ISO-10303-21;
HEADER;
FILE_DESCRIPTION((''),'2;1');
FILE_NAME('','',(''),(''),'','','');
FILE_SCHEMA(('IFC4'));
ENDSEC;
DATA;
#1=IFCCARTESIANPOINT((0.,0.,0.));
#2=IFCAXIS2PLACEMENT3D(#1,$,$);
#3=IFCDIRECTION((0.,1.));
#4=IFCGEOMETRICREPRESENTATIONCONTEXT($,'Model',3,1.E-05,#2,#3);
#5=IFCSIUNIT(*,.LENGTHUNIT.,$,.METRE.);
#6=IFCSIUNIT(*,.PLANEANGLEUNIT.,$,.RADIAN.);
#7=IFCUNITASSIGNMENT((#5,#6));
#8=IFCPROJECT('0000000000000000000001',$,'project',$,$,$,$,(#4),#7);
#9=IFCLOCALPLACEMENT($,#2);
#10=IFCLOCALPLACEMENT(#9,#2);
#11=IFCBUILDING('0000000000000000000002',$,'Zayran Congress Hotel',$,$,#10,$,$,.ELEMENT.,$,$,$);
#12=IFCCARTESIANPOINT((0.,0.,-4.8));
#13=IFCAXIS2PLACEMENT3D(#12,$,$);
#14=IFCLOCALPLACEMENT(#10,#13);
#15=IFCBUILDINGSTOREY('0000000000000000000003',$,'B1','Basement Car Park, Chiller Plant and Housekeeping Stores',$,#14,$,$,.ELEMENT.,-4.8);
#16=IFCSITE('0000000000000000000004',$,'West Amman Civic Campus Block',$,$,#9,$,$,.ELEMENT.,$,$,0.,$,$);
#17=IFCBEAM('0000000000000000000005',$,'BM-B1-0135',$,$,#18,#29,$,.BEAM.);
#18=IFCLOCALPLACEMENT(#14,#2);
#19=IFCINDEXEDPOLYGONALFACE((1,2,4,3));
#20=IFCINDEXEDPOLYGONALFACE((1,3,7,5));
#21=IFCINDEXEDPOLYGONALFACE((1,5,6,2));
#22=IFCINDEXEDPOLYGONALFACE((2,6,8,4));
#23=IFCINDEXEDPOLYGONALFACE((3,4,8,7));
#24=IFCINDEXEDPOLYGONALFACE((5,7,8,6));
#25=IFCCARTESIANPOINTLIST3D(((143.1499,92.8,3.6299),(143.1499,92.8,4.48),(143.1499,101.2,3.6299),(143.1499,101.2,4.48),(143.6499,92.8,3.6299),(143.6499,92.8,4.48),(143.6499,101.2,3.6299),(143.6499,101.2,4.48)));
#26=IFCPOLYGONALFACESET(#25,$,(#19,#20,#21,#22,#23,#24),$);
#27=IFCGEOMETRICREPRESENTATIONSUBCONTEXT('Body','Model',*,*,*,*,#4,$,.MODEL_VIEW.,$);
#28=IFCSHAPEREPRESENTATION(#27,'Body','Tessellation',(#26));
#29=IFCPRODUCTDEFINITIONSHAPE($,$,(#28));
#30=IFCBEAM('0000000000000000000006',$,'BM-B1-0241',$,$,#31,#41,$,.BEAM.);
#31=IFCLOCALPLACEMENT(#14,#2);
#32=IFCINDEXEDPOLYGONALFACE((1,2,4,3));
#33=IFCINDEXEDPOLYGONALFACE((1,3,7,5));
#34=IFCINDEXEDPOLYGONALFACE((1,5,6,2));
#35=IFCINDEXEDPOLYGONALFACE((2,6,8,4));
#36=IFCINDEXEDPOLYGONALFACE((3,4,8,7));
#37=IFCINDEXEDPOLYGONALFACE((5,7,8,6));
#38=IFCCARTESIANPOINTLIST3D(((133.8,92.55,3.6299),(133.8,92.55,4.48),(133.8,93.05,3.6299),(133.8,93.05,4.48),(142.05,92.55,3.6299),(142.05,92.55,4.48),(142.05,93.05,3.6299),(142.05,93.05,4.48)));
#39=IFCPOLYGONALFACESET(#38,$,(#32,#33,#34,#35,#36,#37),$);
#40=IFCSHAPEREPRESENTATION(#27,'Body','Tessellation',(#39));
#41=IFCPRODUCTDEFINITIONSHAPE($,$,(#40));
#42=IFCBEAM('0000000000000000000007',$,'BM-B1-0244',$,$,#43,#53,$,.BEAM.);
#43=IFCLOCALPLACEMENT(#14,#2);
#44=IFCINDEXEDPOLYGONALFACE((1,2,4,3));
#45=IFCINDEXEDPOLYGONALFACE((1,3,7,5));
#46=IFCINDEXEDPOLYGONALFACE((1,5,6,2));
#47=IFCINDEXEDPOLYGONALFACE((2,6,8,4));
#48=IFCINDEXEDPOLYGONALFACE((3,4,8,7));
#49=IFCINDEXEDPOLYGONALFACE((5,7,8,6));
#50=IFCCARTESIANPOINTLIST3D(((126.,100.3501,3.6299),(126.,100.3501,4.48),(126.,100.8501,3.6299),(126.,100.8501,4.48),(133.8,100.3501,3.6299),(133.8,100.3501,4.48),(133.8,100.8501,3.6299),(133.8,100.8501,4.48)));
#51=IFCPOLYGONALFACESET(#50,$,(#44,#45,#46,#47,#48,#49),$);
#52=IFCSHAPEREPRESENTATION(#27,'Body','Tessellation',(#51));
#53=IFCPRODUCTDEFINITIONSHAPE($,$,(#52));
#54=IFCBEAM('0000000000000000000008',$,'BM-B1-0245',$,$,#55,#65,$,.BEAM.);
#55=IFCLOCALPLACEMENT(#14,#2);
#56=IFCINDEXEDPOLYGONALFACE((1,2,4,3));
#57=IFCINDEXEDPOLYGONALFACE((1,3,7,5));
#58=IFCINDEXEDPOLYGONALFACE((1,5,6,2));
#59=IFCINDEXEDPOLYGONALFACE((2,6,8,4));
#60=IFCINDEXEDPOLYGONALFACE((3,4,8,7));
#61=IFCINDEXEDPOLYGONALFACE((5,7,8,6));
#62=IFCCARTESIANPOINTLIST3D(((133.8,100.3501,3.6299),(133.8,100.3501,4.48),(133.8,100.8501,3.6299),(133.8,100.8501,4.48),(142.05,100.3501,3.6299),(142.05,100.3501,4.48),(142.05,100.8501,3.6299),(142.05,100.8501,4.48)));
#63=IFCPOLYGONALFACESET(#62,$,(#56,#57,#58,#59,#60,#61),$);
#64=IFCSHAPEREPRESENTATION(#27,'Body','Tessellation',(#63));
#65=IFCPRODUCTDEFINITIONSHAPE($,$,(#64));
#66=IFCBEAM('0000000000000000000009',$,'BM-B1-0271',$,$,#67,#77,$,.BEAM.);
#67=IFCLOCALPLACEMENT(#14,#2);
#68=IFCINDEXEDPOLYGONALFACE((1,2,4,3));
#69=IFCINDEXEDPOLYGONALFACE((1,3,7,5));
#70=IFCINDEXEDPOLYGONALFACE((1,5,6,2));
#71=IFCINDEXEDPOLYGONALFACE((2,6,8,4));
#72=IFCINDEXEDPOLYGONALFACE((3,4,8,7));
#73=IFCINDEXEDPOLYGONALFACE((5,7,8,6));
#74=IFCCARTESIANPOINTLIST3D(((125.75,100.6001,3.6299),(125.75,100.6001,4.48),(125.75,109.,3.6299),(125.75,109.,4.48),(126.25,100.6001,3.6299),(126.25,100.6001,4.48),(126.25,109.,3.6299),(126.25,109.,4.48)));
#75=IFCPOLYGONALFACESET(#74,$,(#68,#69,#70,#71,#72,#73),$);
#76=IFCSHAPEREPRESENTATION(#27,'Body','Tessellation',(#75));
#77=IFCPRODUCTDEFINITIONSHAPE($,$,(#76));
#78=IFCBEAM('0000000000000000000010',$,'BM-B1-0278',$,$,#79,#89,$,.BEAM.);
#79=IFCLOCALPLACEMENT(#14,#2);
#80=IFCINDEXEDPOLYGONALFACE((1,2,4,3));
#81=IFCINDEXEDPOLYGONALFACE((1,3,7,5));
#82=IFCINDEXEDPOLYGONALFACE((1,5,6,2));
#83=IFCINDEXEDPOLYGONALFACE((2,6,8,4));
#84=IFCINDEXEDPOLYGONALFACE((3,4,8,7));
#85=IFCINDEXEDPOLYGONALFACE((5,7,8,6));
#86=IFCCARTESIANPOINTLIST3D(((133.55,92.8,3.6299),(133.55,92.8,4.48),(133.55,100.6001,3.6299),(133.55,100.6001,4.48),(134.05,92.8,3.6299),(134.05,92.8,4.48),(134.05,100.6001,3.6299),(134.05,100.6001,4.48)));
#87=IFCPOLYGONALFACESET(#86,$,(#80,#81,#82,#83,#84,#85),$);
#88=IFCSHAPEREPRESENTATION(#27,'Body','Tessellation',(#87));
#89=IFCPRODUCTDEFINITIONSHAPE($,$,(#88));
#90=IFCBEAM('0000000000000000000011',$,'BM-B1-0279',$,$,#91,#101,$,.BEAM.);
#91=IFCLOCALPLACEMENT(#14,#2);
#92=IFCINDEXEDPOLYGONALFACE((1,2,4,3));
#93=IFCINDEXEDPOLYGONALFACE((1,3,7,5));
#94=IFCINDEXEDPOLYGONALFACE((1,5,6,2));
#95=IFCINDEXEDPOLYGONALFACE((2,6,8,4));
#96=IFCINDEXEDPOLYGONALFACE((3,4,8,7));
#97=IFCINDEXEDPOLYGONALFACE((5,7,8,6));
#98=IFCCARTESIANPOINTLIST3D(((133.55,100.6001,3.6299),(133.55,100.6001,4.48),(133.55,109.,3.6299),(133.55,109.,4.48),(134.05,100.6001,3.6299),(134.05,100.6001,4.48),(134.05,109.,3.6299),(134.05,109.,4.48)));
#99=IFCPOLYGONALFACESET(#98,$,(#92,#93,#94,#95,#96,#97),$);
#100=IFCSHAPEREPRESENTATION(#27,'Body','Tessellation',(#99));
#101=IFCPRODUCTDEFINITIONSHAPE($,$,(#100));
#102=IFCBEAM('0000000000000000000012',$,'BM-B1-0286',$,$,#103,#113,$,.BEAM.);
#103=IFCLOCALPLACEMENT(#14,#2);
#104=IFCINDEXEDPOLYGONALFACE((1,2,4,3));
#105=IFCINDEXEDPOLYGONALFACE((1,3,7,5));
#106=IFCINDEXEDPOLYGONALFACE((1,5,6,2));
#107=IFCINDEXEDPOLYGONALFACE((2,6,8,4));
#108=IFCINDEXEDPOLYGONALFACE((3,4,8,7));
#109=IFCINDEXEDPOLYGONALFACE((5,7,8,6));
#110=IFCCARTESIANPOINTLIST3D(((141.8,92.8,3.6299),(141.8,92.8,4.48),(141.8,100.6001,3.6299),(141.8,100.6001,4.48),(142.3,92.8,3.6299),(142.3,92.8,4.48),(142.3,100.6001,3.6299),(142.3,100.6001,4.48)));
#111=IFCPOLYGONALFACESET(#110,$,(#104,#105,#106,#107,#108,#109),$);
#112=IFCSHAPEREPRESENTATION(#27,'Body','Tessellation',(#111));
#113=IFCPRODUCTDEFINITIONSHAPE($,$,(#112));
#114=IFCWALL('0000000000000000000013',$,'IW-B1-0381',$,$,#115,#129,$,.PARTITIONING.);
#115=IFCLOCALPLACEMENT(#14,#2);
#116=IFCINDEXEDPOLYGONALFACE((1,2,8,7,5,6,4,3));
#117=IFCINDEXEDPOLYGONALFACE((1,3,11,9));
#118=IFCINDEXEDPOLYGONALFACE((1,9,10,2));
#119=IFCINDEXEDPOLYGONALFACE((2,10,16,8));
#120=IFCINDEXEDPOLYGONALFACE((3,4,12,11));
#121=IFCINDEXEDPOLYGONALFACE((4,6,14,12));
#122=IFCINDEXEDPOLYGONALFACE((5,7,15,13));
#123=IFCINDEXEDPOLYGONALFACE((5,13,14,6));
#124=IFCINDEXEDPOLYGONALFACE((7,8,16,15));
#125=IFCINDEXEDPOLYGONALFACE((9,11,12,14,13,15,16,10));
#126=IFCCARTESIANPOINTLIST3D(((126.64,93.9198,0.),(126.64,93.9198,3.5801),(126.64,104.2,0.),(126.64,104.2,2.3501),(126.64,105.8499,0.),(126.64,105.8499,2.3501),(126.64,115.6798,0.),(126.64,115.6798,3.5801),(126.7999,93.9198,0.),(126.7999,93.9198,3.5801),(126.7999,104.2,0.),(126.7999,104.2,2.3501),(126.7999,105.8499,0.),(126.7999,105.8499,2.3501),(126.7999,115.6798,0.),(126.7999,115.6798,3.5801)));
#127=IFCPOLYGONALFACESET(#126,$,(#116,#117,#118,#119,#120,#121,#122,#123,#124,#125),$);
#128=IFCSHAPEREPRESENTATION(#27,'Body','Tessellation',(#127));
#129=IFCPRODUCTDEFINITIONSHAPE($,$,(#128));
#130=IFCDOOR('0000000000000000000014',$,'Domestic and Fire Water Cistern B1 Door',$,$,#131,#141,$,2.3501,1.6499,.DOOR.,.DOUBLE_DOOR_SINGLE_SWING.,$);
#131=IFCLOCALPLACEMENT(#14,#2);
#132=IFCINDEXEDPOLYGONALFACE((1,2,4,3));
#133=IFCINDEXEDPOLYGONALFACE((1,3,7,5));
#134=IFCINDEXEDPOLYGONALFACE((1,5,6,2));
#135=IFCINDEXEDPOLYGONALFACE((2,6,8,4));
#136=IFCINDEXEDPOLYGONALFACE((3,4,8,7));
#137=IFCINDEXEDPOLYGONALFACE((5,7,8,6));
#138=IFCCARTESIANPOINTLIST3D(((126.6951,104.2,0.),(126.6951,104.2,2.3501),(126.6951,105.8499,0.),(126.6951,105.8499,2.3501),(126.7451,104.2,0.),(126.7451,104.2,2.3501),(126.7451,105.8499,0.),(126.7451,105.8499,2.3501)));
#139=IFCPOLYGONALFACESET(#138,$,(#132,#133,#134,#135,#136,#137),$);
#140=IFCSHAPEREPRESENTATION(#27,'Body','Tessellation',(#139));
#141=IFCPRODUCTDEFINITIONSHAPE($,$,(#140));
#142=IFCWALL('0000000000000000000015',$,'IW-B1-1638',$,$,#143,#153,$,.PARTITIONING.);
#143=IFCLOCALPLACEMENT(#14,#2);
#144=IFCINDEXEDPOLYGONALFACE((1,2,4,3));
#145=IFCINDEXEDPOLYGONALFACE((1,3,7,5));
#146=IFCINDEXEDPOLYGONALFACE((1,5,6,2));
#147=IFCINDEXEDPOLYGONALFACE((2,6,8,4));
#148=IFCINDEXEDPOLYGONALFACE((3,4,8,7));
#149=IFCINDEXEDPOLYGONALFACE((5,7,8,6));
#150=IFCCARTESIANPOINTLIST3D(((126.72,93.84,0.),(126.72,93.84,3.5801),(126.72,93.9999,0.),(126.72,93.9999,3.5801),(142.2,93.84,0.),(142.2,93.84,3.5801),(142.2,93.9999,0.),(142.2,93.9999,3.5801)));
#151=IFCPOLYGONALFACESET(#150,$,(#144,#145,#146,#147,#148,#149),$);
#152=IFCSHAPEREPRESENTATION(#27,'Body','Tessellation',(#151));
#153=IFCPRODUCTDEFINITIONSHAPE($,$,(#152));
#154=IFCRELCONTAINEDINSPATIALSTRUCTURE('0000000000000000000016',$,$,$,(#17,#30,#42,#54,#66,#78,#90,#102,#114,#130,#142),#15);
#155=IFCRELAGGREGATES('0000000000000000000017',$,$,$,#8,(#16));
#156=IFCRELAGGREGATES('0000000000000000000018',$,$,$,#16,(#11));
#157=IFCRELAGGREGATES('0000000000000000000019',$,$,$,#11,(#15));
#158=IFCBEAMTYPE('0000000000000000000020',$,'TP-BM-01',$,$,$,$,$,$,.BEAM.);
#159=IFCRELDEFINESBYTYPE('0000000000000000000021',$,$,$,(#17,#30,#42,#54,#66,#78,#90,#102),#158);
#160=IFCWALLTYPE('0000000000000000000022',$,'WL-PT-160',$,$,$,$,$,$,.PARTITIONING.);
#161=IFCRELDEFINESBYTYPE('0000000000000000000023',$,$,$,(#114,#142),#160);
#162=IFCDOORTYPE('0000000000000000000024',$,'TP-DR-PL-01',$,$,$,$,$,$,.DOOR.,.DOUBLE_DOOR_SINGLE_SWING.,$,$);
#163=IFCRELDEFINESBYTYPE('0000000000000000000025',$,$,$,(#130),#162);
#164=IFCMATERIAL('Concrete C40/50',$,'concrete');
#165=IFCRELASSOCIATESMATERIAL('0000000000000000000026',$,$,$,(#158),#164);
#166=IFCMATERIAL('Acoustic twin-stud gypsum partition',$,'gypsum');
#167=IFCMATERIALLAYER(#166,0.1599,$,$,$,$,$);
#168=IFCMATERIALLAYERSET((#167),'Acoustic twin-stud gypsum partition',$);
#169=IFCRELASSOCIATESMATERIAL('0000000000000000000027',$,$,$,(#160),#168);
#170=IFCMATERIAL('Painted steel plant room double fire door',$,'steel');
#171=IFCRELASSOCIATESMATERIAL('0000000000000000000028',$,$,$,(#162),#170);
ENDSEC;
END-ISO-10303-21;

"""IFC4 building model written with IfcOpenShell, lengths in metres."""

from ifc_helpers import new_model, si_unit, direction, frame, frame_2d, origin, origin_2d, place, context, subcontext, project, spatial, rectangle, extrude, material, layer, layer_set, material_profile, profile_set, type_object, element, fill, save


model = new_model("IFC4")

# Units and contexts
model_context = context("Model", 3, precision=1e-05, world=origin(), true_north=direction((0.0, 1.0)))
body_context = subcontext(model_context, "Body", "Model", "MODEL_VIEW")
ifc_project = project(units=[si_unit("LENGTHUNIT", "METRE"), si_unit("PLANEANGLEUNIT", "RADIAN")], contexts=[model_context])

# Site, building, storey
site_placement = place(None, origin())
site = spatial("IfcSite", under=ifc_project, at=site_placement, Name="West Amman Civic Campus Block", CompositionType="ELEMENT", RefElevation=0.0)
building_placement = place(site_placement, origin())
building = spatial("IfcBuilding", under=site, at=building_placement, Name="Zayran Congress Hotel", CompositionType="ELEMENT")
storey_placement = place(building_placement, frame((0.0, 0.0, -4.8)))
storey = spatial("IfcBuildingStorey", under=building, at=storey_placement, Name="B1", Description="Basement Car Park, Chiller Plant and Housekeeping Stores", CompositionType="ELEMENT", Elevation=-4.8)

# Shared definitions
ifc_material_1 = material(Name="Concrete C40/50", Category="concrete")

# Beams
ifc_material_profile_1 = material_profile(ifc_material_1, rectangle(XDim=0.5, YDim=0.8501, at=origin_2d()), Name="RC 500x850")
ifc_profile_set_1 = profile_set([ifc_material_profile_1], Name="Concrete C40/50")
beam_type = type_object("IfcBeamType", Name="TP-BM-01", PredefinedType="BEAM", material=ifc_profile_set_1)
beam_1_placement = place(storey_placement, frame((143.3999, 92.8, 4.0549), z_axis=(0.0, 1.0, 0.0), x_axis=(-1.0, 0.0, 0.0)))
element("IfcBeam", 1, at=beam_1_placement, inside=storey, type_object=beam_type, Name="BM-B1-0135", PredefinedType="BEAM", context=body_context, shape_type="SweptSolid", body=[
    extrude(rectangle(XDim=0.5, YDim=0.8501, at=origin_2d()), origin(), (0.0, 0.0, 1.0), 8.3999),
])
beam_2_placement = place(storey_placement, frame((133.8, 92.8, 4.0549), z_axis=(1.0, 0.0, 0.0), x_axis=(0.0, 1.0, 0.0)))
element("IfcBeam", 2, at=beam_2_placement, inside=storey, type_object=beam_type, Name="BM-B1-0241", PredefinedType="BEAM", context=body_context, shape_type="SweptSolid", body=[
    extrude(rectangle(XDim=0.5, YDim=0.8501, at=origin_2d()), origin(), (0.0, 0.0, 1.0), 8.25),
])
beam_3_placement = place(storey_placement, frame((126.0, 100.6001, 4.0549), z_axis=(1.0, 0.0, 0.0), x_axis=(0.0, 1.0, 0.0)))
element("IfcBeam", 3, at=beam_3_placement, inside=storey, type_object=beam_type, Name="BM-B1-0244", PredefinedType="BEAM", context=body_context, shape_type="SweptSolid", body=[
    extrude(rectangle(XDim=0.5, YDim=0.8501, at=origin_2d()), origin(), (0.0, 0.0, 1.0), 7.8),
])
beam_4_placement = place(storey_placement, frame((133.8, 100.6001, 4.0549), z_axis=(1.0, 0.0, 0.0), x_axis=(0.0, 1.0, 0.0)))
element("IfcBeam", 4, at=beam_4_placement, inside=storey, type_object=beam_type, Name="BM-B1-0245", PredefinedType="BEAM", context=body_context, shape_type="SweptSolid", body=[
    extrude(rectangle(XDim=0.5, YDim=0.8501, at=origin_2d()), origin(), (0.0, 0.0, 1.0), 8.25),
])
beam_5_placement = place(storey_placement, frame((126.0, 100.6001, 4.0549), z_axis=(0.0, 1.0, 0.0), x_axis=(-1.0, 0.0, 0.0)))
element("IfcBeam", 5, at=beam_5_placement, inside=storey, type_object=beam_type, Name="BM-B1-0271", PredefinedType="BEAM", context=body_context, shape_type="SweptSolid", body=[
    extrude(rectangle(XDim=0.5, YDim=0.8501, at=origin_2d()), origin(), (0.0, 0.0, 1.0), 8.3999),
])
beam_6_placement = place(storey_placement, frame((133.8, 92.8, 4.0549), z_axis=(0.0, 1.0, 0.0), x_axis=(-1.0, 0.0, 0.0)))
element("IfcBeam", 6, at=beam_6_placement, inside=storey, type_object=beam_type, Name="BM-B1-0278", PredefinedType="BEAM", context=body_context, shape_type="SweptSolid", body=[
    extrude(rectangle(XDim=0.5, YDim=0.8501, at=origin_2d()), origin(), (0.0, 0.0, 1.0), 7.8),
])
beam_7_placement = place(storey_placement, frame((133.8, 100.6001, 4.0549), z_axis=(0.0, 1.0, 0.0), x_axis=(-1.0, 0.0, 0.0)))
element("IfcBeam", 7, at=beam_7_placement, inside=storey, type_object=beam_type, Name="BM-B1-0279", PredefinedType="BEAM", context=body_context, shape_type="SweptSolid", body=[
    extrude(rectangle(XDim=0.5, YDim=0.8501, at=origin_2d()), origin(), (0.0, 0.0, 1.0), 8.3999),
])
beam_8_placement = place(storey_placement, frame((142.05, 92.8, 4.0549), z_axis=(0.0, 1.0, 0.0), x_axis=(-1.0, 0.0, 0.0)))
element("IfcBeam", 8, at=beam_8_placement, inside=storey, type_object=beam_type, Name="BM-B1-0286", PredefinedType="BEAM", context=body_context, shape_type="SweptSolid", body=[
    extrude(rectangle(XDim=0.5, YDim=0.8501, at=origin_2d()), origin(), (0.0, 0.0, 1.0), 7.8),
])

# Wall, opening, door
ifc_material_2 = material(Name="Acoustic twin-stud gypsum partition", Category="gypsum")
ifc_layer = layer(ifc_material_2, 0.1599)
ifc_layer_set = layer_set([ifc_layer], Name="Acoustic twin-stud gypsum partition")
wall_type = type_object("IfcWallType", Name="WL-PT-160", PredefinedType="PARTITIONING", material=ifc_layer_set)
wall_1_placement = place(storey_placement, frame((126.72, 93.9199, 0.0), z_axis=(0.0, 0.0, 1.0), x_axis=(0.0, 1.0, 0.0)))
wall_1 = element("IfcWall", 9, at=wall_1_placement, inside=storey, type_object=wall_type, Name="IW-B1-0381", PredefinedType="PARTITIONING", context=body_context, shape_type="SweptSolid", body=[
    extrude(rectangle(XDim=21.76, YDim=0.1599, at=frame_2d((10.8799, 0.0))), origin(), (0.0, 0.0, 1.0), 3.5801),
])
opening_placement = place(wall_1_placement, frame((10.28, 0.0, 0.0)))
opening = element("IfcOpeningElement", 10, at=opening_placement, cuts=wall_1, PredefinedType="OPENING", context=body_context, shape_type="SweptSolid", body=[
    extrude(rectangle(XDim=1.6499, YDim=2.3501, at=frame_2d((0.825, 1.175))), frame((0.0, 0.0898, 0.0), z_axis=(0.0, -1.0, 0.0), x_axis=(1.0, 0.0, 0.0)), (0.0, 0.0, 1.0), 0.1799),
])
ifc_material_3 = material(Name="Painted steel plant room double fire door", Category="steel")
door_type = type_object("IfcDoorType", Name="TP-DR-PL-01", OperationType="DOUBLE_DOOR_SINGLE_SWING", PredefinedType="DOOR", material=ifc_material_3)
door_placement = place(opening_placement, origin())
door = element("IfcDoor", 11, at=door_placement, inside=storey, type_object=door_type, Name="Domestic and Fire Water Cistern B1 Door", OperationType="DOUBLE_DOOR_SINGLE_SWING", OverallHeight=2.3501, OverallWidth=1.6499, PredefinedType="DOOR", context=body_context, shape_type="SweptSolid", body=[
    extrude(rectangle(XDim=1.6499, YDim=2.3501, at=frame_2d((0.825, 1.175))), frame((0.0, 0.0249, 0.0), z_axis=(0.0, -1.0, 0.0), x_axis=(1.0, 0.0, 0.0)), (0.0, 0.0, 1.0), 0.05),
])
fill(opening, door)

# Wall
wall_2_placement = place(storey_placement, frame((126.72, 93.9199, 0.0), z_axis=(0.0, 0.0, 1.0), x_axis=(1.0, 0.0, 0.0)))
element("IfcWall", 12, at=wall_2_placement, inside=storey, type_object=wall_type, Name="IW-B1-1638", PredefinedType="PARTITIONING", context=body_context, shape_type="SweptSolid", body=[
    extrude(rectangle(XDim=15.48, YDim=0.1599, at=frame_2d((7.74, 0.0))), origin(), (0.0, 0.0, 1.0), 3.5801),
])

save(model, "model.ifc")
